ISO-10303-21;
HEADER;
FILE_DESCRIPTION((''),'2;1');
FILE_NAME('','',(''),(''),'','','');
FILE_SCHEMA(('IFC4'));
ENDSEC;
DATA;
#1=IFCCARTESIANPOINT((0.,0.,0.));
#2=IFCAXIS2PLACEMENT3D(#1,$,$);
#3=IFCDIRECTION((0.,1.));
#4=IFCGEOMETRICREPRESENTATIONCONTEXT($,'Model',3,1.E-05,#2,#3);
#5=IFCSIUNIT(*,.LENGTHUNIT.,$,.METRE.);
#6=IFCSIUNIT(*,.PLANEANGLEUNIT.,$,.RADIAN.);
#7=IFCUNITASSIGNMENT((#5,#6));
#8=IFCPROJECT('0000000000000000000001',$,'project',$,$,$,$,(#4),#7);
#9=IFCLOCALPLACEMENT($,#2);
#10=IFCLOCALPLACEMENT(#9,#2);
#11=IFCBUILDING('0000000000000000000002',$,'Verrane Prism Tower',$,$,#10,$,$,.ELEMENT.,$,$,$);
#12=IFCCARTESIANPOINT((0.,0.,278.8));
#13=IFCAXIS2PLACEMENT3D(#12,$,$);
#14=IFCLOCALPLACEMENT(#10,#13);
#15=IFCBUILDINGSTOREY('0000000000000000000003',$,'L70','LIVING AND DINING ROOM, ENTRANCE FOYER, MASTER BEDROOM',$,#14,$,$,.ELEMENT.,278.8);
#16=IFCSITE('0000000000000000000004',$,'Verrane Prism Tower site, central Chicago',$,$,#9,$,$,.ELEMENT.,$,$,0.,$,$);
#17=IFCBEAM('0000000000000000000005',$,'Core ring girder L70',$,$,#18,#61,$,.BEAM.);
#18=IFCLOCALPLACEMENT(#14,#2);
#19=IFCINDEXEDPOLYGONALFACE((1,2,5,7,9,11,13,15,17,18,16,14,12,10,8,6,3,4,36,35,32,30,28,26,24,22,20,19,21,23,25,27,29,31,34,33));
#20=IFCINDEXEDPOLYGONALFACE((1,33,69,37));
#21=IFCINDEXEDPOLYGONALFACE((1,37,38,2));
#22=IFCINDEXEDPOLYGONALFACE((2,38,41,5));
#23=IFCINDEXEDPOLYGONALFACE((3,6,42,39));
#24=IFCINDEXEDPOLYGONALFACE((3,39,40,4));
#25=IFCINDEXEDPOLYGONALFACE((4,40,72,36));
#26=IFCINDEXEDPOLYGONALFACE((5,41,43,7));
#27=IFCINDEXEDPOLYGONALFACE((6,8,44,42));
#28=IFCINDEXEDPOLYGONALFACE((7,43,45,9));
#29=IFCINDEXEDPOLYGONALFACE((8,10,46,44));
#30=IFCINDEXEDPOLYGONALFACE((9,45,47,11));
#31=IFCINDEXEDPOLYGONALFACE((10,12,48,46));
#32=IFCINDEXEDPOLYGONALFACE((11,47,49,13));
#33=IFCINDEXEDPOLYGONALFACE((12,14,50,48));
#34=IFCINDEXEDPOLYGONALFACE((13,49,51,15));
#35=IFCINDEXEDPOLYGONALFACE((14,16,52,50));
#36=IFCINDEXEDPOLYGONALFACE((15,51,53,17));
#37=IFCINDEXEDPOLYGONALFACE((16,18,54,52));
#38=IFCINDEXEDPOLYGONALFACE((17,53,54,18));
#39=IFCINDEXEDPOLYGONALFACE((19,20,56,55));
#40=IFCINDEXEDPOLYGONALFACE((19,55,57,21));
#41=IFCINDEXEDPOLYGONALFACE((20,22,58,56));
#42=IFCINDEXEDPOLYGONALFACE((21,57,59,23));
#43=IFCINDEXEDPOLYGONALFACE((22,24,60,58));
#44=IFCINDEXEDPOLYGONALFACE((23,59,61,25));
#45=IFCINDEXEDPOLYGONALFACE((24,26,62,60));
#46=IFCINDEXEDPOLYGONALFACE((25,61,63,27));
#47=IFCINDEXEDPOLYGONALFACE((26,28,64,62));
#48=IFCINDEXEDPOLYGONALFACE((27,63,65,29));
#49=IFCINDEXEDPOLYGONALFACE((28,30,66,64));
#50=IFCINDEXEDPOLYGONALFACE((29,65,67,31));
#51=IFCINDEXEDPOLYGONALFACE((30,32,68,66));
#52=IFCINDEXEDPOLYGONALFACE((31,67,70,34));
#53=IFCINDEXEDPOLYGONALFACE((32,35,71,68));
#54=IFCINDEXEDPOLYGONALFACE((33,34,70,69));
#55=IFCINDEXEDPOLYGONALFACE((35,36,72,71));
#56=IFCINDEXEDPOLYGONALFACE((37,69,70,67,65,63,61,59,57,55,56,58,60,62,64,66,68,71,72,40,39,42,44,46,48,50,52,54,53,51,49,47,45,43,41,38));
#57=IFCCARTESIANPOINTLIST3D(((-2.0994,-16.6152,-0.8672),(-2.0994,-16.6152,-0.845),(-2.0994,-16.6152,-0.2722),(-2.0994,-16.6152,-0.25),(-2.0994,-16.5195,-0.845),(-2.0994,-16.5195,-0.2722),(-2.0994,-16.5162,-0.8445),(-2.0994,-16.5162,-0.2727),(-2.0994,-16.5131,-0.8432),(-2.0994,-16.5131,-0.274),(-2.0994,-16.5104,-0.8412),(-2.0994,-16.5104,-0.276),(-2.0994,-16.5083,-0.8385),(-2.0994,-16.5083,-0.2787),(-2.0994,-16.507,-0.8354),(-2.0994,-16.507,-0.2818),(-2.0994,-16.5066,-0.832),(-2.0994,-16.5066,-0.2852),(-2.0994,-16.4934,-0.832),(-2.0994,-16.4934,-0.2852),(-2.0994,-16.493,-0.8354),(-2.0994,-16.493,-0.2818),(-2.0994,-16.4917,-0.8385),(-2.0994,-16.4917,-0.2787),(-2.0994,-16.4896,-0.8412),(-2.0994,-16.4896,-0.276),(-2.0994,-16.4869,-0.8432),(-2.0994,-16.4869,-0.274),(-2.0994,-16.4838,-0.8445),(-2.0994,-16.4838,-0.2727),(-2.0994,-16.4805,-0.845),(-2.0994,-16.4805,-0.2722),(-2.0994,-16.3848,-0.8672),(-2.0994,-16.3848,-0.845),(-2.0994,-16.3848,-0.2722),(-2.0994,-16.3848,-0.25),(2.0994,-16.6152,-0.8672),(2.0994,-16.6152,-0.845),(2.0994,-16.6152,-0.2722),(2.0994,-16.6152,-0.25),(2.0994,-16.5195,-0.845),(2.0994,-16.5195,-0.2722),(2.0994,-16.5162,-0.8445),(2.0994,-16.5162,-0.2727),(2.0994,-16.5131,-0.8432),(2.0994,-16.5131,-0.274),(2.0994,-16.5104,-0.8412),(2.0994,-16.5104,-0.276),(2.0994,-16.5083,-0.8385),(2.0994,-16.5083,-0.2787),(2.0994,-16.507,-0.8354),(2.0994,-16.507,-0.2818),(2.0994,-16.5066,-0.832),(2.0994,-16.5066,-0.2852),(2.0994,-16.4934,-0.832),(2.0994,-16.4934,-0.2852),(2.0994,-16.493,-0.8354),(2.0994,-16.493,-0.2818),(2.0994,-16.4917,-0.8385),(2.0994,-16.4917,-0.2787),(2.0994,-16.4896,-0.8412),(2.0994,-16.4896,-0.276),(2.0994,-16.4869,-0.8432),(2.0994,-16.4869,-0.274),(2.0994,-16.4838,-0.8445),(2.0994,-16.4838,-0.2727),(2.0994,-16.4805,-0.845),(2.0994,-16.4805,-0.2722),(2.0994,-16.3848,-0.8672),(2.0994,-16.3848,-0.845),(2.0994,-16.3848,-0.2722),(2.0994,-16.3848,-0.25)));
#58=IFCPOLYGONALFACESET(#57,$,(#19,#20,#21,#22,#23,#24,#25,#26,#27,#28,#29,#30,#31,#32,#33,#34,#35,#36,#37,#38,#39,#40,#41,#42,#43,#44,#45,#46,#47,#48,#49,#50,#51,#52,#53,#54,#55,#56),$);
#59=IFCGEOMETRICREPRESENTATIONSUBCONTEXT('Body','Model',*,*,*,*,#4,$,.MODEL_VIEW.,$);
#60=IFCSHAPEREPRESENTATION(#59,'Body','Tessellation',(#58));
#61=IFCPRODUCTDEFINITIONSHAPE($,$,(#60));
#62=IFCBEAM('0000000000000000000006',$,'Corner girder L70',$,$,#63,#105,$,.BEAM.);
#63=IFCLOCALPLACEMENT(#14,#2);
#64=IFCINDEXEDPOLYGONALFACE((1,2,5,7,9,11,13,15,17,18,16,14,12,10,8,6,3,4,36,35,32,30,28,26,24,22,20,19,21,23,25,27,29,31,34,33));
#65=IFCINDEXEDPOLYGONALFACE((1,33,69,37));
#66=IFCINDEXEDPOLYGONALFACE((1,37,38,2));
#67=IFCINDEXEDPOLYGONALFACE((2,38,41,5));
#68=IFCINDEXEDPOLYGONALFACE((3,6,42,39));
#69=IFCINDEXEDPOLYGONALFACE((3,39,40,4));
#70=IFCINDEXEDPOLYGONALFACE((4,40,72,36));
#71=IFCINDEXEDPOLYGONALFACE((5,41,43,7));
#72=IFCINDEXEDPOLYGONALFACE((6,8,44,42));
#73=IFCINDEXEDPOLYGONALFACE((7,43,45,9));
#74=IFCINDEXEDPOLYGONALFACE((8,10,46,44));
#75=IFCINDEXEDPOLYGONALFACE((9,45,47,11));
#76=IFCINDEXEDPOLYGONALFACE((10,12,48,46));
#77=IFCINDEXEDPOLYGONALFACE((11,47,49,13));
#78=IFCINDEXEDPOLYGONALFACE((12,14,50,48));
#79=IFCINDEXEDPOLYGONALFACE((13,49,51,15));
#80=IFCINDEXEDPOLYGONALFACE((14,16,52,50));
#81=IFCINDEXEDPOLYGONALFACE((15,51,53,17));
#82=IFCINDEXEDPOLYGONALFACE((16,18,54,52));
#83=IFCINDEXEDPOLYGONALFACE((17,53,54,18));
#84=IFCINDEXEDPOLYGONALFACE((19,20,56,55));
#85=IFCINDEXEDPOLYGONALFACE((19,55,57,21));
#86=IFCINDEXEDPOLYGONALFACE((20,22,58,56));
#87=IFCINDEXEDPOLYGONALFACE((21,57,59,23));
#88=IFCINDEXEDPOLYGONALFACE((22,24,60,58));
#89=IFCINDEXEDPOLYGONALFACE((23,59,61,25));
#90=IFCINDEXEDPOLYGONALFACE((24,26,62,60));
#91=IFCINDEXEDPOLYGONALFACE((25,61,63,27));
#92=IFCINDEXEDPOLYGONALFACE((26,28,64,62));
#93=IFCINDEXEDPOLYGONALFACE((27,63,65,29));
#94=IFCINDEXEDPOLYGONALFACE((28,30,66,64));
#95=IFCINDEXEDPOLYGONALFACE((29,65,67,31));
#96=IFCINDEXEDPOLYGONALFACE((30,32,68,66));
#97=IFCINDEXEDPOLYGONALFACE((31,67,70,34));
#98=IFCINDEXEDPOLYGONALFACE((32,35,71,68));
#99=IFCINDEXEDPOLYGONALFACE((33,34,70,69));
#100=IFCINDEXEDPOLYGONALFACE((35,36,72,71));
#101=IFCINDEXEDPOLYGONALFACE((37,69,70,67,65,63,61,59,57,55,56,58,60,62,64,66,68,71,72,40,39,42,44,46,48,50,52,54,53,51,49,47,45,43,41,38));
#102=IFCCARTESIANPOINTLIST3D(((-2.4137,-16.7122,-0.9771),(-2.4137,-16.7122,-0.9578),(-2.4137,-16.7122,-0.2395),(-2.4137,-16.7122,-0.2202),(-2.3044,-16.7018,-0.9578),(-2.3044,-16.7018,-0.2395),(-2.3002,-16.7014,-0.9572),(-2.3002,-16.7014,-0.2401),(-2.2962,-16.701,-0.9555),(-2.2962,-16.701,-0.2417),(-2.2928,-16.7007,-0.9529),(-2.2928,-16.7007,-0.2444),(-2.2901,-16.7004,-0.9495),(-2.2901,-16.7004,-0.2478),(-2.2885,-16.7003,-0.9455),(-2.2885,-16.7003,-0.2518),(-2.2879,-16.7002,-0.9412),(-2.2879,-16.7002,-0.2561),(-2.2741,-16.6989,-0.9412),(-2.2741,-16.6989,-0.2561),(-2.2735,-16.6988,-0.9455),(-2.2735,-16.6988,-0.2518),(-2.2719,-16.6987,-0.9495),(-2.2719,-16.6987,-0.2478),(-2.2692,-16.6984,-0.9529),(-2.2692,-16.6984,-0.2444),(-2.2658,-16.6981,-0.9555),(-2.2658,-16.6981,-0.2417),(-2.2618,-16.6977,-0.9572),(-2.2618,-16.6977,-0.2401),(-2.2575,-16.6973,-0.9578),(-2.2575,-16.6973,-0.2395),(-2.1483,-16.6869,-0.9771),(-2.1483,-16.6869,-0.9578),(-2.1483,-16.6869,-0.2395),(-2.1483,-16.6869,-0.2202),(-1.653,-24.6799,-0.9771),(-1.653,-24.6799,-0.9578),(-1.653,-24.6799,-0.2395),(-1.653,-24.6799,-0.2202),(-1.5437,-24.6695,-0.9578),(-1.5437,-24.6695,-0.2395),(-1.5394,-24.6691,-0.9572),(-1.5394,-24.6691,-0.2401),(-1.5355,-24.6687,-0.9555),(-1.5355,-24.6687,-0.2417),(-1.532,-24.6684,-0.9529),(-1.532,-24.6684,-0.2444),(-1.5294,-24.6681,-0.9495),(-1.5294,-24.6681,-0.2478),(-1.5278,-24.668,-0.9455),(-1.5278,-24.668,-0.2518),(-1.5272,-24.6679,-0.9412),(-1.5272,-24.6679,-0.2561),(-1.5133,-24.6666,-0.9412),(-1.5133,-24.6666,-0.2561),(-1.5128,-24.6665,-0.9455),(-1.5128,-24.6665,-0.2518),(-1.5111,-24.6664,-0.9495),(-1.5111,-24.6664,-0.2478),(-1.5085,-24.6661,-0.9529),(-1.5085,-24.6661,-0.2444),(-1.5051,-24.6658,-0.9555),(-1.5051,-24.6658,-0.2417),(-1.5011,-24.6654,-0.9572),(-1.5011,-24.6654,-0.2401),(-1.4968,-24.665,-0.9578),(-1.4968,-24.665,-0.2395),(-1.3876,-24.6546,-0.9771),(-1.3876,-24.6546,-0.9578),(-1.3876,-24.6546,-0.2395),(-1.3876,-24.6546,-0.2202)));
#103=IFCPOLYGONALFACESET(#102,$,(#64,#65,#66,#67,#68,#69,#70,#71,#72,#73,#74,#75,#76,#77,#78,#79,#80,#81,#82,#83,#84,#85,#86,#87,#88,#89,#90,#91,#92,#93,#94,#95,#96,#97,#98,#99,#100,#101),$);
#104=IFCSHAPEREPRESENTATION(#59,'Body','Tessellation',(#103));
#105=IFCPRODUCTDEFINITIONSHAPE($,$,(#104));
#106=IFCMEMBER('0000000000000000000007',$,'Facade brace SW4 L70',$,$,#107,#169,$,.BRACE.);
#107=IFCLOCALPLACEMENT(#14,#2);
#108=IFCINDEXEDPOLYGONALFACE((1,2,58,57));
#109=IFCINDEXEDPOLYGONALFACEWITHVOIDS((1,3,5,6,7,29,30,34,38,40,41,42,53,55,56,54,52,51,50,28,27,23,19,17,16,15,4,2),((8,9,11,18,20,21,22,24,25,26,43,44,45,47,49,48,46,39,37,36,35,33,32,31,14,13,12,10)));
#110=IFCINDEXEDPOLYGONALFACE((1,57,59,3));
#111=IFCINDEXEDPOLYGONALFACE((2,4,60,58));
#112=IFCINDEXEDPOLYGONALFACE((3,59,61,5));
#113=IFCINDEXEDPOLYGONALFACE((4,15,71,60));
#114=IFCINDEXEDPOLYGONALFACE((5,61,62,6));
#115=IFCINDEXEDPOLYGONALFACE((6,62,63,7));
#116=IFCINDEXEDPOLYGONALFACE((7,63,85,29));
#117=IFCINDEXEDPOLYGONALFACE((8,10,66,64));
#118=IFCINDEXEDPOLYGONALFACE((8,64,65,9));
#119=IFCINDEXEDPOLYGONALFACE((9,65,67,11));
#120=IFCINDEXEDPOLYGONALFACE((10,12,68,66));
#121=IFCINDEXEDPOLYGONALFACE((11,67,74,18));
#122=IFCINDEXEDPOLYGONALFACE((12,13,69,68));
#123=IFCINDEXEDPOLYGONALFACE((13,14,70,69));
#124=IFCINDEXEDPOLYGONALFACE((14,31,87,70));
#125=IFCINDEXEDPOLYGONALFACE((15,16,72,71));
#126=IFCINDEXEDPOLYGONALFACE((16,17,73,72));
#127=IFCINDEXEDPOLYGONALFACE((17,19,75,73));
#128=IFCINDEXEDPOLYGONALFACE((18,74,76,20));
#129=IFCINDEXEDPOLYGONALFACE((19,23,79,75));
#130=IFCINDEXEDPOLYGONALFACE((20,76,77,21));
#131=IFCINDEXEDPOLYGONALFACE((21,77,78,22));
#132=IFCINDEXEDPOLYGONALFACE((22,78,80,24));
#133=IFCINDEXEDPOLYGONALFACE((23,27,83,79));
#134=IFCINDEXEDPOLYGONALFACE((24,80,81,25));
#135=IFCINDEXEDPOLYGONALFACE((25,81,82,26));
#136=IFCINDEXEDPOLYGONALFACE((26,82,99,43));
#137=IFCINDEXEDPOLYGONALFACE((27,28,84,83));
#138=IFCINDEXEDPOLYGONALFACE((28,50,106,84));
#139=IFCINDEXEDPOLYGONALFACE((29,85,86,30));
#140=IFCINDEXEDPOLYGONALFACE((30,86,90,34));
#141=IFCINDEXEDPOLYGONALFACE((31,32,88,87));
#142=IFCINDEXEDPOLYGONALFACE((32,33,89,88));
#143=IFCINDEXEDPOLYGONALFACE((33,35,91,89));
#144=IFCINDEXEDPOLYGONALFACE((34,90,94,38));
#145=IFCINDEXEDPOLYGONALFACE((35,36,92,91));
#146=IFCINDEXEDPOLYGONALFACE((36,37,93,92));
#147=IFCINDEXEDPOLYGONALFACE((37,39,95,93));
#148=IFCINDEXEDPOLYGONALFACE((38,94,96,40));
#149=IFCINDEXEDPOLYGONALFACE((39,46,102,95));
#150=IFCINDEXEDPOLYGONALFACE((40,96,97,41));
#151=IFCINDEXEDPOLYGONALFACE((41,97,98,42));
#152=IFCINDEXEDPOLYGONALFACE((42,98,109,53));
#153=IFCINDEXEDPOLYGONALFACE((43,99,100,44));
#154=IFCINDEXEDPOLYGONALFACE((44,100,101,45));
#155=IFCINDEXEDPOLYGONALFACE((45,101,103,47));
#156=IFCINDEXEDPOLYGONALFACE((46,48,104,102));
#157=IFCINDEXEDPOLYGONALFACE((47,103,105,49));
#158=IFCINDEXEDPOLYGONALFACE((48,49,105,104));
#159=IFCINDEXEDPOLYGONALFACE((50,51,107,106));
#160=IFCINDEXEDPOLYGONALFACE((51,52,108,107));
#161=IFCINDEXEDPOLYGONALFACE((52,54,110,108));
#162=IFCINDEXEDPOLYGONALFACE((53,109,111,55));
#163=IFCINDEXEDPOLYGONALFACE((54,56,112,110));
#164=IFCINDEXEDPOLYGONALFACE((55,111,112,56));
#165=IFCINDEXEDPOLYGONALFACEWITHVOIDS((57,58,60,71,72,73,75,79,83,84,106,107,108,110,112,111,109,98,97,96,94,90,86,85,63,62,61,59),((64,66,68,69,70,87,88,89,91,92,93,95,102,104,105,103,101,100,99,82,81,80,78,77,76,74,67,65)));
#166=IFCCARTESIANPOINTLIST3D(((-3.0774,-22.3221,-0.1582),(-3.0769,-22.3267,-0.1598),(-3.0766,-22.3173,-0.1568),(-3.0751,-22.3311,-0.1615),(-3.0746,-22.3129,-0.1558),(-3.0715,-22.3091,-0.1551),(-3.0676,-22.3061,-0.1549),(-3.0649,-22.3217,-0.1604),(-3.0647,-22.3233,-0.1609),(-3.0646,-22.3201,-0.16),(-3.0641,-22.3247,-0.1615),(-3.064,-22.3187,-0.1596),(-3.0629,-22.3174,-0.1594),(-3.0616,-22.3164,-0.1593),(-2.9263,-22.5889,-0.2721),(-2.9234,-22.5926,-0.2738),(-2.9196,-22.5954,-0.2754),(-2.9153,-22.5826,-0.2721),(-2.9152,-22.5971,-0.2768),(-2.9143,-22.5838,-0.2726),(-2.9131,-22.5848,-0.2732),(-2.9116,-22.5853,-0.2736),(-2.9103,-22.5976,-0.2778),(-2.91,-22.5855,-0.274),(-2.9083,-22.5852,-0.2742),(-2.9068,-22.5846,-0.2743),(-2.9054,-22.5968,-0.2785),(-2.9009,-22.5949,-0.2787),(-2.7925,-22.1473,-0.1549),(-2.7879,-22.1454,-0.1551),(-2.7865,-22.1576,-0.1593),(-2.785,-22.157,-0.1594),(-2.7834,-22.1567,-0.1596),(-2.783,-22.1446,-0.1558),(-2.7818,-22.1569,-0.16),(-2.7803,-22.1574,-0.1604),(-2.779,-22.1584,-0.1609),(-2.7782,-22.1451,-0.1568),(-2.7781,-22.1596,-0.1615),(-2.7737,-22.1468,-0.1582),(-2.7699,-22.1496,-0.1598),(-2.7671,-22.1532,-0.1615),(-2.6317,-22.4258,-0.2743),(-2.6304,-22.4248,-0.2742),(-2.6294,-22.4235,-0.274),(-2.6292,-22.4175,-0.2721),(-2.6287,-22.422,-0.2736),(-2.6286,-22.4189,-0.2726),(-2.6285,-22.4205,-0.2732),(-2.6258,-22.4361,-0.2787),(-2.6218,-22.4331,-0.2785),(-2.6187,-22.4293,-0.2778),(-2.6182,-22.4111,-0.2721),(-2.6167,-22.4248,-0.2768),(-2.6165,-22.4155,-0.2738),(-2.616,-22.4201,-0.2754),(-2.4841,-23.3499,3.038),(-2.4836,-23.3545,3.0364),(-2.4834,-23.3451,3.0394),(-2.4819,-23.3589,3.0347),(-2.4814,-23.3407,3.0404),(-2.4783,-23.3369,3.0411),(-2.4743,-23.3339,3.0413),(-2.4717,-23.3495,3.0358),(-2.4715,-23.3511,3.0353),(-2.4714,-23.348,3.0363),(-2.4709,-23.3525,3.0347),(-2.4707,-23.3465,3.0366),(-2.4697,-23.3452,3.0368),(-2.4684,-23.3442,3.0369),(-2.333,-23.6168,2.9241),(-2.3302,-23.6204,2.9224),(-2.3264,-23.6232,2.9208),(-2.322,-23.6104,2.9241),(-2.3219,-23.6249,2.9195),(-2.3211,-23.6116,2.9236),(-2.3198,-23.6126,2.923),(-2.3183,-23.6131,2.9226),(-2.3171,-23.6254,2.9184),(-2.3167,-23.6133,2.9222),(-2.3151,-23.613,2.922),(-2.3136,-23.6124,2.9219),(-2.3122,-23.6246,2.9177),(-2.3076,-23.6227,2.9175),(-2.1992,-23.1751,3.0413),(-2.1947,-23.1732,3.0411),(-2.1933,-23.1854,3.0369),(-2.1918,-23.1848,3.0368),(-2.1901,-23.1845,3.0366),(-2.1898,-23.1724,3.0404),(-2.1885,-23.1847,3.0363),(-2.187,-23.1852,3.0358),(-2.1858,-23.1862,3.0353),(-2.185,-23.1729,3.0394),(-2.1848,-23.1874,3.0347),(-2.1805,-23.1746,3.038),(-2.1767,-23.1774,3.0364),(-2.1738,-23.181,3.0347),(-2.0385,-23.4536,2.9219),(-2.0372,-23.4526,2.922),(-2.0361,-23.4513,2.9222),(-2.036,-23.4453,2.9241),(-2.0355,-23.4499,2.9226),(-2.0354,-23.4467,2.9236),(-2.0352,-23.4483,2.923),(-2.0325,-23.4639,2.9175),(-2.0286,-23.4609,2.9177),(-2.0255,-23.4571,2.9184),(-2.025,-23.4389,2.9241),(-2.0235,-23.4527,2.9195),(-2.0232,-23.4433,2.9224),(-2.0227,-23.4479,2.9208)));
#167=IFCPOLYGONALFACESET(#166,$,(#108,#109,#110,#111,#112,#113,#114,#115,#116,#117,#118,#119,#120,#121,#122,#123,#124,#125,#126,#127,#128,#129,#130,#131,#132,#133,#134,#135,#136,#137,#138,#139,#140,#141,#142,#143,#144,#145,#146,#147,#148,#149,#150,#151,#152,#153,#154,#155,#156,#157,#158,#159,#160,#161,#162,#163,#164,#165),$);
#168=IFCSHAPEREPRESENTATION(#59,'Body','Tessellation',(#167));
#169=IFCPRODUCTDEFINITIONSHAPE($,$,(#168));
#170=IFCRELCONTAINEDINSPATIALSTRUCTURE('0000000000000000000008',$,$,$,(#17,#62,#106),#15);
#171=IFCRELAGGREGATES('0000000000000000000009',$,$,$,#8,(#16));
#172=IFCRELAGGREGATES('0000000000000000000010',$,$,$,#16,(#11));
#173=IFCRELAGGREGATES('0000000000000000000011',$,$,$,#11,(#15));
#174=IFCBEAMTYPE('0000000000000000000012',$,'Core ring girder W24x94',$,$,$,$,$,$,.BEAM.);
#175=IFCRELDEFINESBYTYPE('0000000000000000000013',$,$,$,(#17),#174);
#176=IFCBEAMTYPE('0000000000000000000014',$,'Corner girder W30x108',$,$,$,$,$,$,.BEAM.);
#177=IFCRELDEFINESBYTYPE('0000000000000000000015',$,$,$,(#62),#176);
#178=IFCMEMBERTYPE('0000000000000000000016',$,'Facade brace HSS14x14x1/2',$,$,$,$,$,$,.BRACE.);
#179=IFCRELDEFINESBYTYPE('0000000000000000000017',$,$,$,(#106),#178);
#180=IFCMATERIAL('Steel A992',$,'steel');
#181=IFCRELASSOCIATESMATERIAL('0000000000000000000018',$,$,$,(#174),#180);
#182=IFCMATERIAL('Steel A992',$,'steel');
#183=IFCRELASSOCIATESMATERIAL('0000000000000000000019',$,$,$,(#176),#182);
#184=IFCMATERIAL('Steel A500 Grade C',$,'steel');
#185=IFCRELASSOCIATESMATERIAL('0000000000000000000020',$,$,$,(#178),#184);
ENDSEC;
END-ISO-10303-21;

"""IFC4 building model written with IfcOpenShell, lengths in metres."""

from ifc_helpers import new_model, si_unit, direction, frame, origin, origin_2d, place, context, subcontext, project, spatial, hollow_rectangle, i_section, extrude, material, material_profile, profile_set, type_object, element, save


model = new_model("IFC4")

# Units and contexts
model_context = context("Model", 3, precision=1e-05, world=origin(), true_north=direction((0.0, 1.0)))
body_context = subcontext(model_context, "Body", "Model", "MODEL_VIEW")
ifc_project = project(units=[si_unit("LENGTHUNIT", "METRE"), si_unit("PLANEANGLEUNIT", "RADIAN")], contexts=[model_context])

# Site, building, storey
site_placement = place(None, origin())
site = spatial("IfcSite", under=ifc_project, at=site_placement, Name="Verrane Prism Tower site, central Chicago", CompositionType="ELEMENT", RefElevation=0.0)
building_placement = place(site_placement, origin())
building = spatial("IfcBuilding", under=site, at=building_placement, Name="Verrane Prism Tower", CompositionType="ELEMENT")
storey_placement = place(building_placement, frame((0.0, 0.0, 278.8)))
storey = spatial("IfcBuildingStorey", under=building, at=storey_placement, Name="L70", Description="LIVING AND DINING ROOM, ENTRANCE FOYER, MASTER BEDROOM", CompositionType="ELEMENT", Elevation=278.8)

# Beams
ifc_material_1 = material(Name="Steel A992", Category="steel")
ifc_material_profile_1 = material_profile(ifc_material_1, i_section(OverallWidth=0.2305, OverallDepth=0.6172, WebThickness=0.0132, FlangeThickness=0.0222, FilletRadius=0.0129, at=origin_2d()), Name="W24x94")
ifc_profile_set_1 = profile_set([ifc_material_profile_1], Name="Steel A992")
beam_type_1 = type_object("IfcBeamType", Name="Core ring girder W24x94", PredefinedType="BEAM", material=ifc_profile_set_1)
beam_1_placement = place(storey_placement, frame((-2.0994, -16.5, -0.5586), z_axis=(1.0, 0.0, 0.0), x_axis=(0.0, 1.0, 0.0)))
element("IfcBeam", 1, at=beam_1_placement, inside=storey, type_object=beam_type_1, Name="Core ring girder L70", PredefinedType="BEAM", context=body_context, shape_type="SweptSolid", body=[
    extrude(i_section(OverallWidth=0.2305, OverallDepth=0.6172, WebThickness=0.0132, FlangeThickness=0.0222, FilletRadius=0.0129, at=origin_2d()), origin(), (0.0, 0.0, 1.0), 4.1987),
])
ifc_material_2 = material(Name="Steel A992", Category="steel")
ifc_material_profile_2 = material_profile(ifc_material_2, i_section(OverallWidth=0.2666, OverallDepth=0.7568, WebThickness=0.0139, FlangeThickness=0.0193, FilletRadius=0.0166, at=origin_2d()), Name="W30x108")
ifc_profile_set_2 = profile_set([ifc_material_profile_2], Name="Steel A992")
beam_type_2 = type_object("IfcBeamType", Name="Corner girder W30x108", PredefinedType="BEAM", material=ifc_profile_set_2)
beam_2_placement = place(storey_placement, frame((-1.5203, -24.6672, -0.5986), z_axis=(-0.095045, 0.995473, 0.0), x_axis=(-0.995473, -0.095045, 0.0)))
element("IfcBeam", 2, at=beam_2_placement, inside=storey, type_object=beam_type_2, Name="Corner girder L70", PredefinedType="BEAM", context=body_context, shape_type="SweptSolid", body=[
    extrude(i_section(OverallWidth=0.2666, OverallDepth=0.7568, WebThickness=0.0139, FlangeThickness=0.0193, FilletRadius=0.0166, at=origin_2d()), origin(), (0.0, 0.0, 1.0), 8.0039),
])

# Member
ifc_material_3 = material(Name="Steel A500 Grade C", Category="steel")
ifc_material_profile_3 = material_profile(ifc_material_3, hollow_rectangle(XDim=0.3557, YDim=0.3557, WallThickness=0.0127, InnerFilletRadius=0.0063, OuterFilletRadius=0.019, at=origin_2d()), Name="HSS14x14x1/2")
ifc_profile_set_3 = profile_set([ifc_material_profile_3], Name="Steel A500 Grade C")
member_type_1 = type_object("IfcMemberType", Name="Facade brace HSS14x14x1/2", PredefinedType="BRACE", material=ifc_profile_set_3)
member_1_placement = place(storey_placement, frame((-2.8467, -22.3711, -0.2168), z_axis=(0.174003, -0.301462, 0.937467), x_axis=(0.866083, 0.499901, 0.0)))
element("IfcMember", 3, at=member_1_placement, inside=storey, type_object=member_type_1, Name="Facade brace SW4 L70", PredefinedType="BRACE", context=body_context, shape_type="SweptSolid", body=[
    extrude(hollow_rectangle(XDim=0.3557, YDim=0.3557, WallThickness=0.0127, InnerFilletRadius=0.0063, OuterFilletRadius=0.019, at=origin_2d()), origin(), (0.0, 0.0, 1.0), 3.4094),
])

save(model, "model.ifc")
